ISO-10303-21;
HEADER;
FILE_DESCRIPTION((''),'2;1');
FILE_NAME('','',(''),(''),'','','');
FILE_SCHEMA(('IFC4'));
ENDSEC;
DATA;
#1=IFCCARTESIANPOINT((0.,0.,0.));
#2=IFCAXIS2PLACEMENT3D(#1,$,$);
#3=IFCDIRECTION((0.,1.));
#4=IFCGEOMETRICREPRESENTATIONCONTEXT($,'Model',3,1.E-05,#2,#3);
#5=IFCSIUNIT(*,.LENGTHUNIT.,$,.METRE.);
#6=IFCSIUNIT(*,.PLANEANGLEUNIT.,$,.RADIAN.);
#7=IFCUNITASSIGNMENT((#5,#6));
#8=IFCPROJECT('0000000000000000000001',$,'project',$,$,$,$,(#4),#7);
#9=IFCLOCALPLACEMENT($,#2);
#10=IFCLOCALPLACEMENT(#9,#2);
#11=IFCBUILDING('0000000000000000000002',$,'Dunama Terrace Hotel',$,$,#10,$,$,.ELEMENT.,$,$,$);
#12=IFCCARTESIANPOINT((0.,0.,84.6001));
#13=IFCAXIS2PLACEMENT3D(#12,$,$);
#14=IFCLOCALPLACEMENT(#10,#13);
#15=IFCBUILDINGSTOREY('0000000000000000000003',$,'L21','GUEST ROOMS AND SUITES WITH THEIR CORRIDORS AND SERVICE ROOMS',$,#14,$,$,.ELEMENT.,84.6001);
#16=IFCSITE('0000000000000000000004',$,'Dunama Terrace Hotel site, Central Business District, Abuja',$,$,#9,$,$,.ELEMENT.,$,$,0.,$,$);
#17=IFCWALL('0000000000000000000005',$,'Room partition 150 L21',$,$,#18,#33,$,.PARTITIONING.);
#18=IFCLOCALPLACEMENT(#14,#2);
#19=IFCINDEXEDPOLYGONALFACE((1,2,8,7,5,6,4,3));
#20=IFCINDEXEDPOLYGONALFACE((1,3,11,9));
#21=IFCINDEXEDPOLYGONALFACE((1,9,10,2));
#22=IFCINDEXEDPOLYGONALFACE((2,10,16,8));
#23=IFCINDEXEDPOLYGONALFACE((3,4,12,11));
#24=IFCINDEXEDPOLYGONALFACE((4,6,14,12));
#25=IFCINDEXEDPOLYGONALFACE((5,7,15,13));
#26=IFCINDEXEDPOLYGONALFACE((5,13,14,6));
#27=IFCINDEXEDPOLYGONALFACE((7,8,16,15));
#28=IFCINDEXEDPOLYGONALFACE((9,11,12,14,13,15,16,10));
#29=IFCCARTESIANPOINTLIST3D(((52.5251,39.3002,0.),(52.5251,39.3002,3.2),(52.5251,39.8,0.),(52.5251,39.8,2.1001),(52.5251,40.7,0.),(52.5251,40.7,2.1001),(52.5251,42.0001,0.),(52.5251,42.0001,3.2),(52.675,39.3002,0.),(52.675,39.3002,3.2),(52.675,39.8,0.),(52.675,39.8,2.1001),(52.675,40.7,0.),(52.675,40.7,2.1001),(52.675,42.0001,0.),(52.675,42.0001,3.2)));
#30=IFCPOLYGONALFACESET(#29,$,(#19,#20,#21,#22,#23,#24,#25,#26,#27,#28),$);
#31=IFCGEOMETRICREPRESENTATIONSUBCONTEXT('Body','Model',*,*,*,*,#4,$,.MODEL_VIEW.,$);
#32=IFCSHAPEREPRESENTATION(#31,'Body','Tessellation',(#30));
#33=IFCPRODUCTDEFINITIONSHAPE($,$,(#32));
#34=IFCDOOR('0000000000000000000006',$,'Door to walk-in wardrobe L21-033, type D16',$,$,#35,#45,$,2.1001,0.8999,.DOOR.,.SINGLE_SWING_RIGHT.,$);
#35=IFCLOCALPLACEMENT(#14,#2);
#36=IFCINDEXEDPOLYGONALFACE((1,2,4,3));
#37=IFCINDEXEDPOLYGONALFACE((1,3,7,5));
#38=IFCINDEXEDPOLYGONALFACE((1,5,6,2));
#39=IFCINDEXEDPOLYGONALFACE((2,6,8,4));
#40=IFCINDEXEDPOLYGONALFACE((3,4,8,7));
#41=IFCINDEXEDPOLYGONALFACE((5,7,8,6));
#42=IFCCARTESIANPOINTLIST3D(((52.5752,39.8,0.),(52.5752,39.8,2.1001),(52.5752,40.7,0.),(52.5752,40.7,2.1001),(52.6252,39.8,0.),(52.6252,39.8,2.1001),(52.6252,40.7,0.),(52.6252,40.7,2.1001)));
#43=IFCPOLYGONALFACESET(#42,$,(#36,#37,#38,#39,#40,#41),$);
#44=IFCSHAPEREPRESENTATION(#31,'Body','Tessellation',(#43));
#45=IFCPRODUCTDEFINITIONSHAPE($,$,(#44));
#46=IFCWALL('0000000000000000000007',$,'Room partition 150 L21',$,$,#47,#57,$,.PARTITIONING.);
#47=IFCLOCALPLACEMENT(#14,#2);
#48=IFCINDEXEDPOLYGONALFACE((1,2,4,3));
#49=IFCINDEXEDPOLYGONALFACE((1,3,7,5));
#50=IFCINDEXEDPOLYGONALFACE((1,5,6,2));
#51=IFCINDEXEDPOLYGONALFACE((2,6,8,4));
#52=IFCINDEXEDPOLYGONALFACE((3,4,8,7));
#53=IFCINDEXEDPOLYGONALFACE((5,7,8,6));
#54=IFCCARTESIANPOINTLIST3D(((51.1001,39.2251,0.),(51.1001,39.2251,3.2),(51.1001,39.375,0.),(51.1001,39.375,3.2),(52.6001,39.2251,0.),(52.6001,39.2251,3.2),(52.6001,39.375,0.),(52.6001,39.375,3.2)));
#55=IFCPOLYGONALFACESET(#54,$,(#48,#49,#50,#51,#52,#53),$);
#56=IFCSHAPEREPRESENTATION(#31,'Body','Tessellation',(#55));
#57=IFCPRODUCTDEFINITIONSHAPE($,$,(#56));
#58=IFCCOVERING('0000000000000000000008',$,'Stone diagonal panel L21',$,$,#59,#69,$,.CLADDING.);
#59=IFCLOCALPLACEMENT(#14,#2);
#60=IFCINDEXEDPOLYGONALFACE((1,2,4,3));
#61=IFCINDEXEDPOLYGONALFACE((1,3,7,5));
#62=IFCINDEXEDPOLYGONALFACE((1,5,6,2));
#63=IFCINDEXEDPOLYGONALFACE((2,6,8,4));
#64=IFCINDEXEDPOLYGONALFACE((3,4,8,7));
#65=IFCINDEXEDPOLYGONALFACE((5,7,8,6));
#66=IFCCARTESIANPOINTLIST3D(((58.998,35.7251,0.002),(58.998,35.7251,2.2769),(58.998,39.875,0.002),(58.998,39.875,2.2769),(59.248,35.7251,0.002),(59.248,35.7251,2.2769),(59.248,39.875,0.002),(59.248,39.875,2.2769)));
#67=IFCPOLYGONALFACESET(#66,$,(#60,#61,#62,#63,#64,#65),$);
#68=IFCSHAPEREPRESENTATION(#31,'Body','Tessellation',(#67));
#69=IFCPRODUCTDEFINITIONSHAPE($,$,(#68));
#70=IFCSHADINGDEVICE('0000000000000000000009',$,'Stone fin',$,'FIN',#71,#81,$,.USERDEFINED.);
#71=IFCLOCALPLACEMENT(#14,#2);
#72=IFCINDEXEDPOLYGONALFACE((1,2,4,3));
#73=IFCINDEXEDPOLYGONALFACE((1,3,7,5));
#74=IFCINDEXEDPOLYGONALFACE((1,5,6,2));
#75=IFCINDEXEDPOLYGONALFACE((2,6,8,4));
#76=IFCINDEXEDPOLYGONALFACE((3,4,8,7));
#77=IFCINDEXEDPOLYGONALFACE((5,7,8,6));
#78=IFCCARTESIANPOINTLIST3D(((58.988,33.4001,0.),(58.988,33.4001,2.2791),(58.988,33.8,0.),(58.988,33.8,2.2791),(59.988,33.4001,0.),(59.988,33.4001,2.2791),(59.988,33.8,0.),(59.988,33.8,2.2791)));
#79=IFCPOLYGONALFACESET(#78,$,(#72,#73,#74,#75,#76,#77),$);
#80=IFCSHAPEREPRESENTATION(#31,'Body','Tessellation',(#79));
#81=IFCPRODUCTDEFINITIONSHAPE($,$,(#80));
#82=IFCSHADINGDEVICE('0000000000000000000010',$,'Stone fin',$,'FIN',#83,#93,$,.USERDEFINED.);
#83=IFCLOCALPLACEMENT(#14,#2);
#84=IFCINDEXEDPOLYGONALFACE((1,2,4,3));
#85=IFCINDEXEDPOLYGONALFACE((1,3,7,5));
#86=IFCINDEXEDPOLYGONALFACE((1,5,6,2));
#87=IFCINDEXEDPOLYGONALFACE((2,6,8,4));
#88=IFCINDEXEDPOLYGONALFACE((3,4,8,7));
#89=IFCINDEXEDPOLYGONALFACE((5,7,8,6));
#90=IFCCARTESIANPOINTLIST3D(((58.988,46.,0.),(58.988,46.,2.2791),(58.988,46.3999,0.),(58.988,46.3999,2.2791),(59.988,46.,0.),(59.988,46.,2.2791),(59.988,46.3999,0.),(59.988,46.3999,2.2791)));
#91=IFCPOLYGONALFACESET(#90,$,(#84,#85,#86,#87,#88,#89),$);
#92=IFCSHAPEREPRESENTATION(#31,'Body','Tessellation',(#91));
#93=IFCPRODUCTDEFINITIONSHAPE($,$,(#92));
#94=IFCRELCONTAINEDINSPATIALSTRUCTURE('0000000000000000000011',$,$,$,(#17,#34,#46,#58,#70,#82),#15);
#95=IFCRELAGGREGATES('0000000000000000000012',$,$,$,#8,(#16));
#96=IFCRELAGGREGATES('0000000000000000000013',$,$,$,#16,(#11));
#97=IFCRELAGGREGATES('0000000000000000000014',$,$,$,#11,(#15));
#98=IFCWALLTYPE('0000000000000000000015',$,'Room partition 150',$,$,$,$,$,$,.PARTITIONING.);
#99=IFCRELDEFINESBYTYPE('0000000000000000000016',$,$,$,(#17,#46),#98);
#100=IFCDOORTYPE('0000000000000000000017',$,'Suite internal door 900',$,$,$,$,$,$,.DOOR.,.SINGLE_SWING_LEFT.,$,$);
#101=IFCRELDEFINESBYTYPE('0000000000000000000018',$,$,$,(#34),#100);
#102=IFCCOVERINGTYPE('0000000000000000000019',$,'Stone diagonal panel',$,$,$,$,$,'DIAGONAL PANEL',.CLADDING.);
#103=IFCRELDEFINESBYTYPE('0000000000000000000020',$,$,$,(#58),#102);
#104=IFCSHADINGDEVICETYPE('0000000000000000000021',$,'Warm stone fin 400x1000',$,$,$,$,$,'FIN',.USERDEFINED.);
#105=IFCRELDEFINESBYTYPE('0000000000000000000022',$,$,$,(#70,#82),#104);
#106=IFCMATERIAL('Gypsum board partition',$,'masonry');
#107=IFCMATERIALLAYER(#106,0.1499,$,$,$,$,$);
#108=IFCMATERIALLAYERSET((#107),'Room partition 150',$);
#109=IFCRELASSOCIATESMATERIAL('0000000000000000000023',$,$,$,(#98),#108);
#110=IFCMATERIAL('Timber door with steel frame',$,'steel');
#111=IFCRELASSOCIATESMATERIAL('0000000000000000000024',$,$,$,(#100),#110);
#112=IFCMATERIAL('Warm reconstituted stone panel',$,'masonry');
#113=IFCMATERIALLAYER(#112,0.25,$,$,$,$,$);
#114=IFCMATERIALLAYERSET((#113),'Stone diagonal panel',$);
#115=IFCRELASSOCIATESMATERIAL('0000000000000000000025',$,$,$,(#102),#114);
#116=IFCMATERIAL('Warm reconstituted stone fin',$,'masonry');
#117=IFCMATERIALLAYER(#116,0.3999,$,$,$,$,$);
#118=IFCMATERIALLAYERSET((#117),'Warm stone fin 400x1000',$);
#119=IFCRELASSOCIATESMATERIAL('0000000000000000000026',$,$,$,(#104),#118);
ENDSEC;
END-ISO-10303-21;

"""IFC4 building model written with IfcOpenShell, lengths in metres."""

from ifc_helpers import new_model, si_unit, direction, frame, frame_2d, origin, origin_2d, place, context, subcontext, project, spatial, rectangle, extrude, material, layer, layer_set, type_object, element, fill, save


model = new_model("IFC4")

# Units and contexts
model_context = context("Model", 3, precision=1e-05, world=origin(), true_north=direction((0.0, 1.0)))
body_context = subcontext(model_context, "Body", "Model", "MODEL_VIEW")
ifc_project = project(units=[si_unit("LENGTHUNIT", "METRE"), si_unit("PLANEANGLEUNIT", "RADIAN")], contexts=[model_context])

# Site, building, storey
site_placement = place(None, origin())
site = spatial("IfcSite", under=ifc_project, at=site_placement, Name="Dunama Terrace Hotel site, Central Business District, Abuja", CompositionType="ELEMENT", RefElevation=0.0)
building_placement = place(site_placement, origin())
building = spatial("IfcBuilding", under=site, at=building_placement, Name="Dunama Terrace Hotel", CompositionType="ELEMENT")
storey_placement = place(building_placement, frame((0.0, 0.0, 84.6001)))
storey = spatial("IfcBuildingStorey", under=building, at=storey_placement, Name="L21", Description="GUEST ROOMS AND SUITES WITH THEIR CORRIDORS AND SERVICE ROOMS", CompositionType="ELEMENT", Elevation=84.6001)

# Shared definitions
ifc_material_1 = material(Name="Gypsum board partition", Category="masonry")
ifc_layer_1 = layer(ifc_material_1, 0.1499)
ifc_layer_set_1 = layer_set([ifc_layer_1], Name="Room partition 150")
wall_type = type_object("IfcWallType", Name="Room partition 150", PredefinedType="PARTITIONING", material=ifc_layer_set_1)

# Shared definitions
ifc_material_2 = material(Name="Timber door with steel frame", Category="steel")
door_type = type_object("IfcDoorType", Name="Suite internal door 900", OperationType="SINGLE_SWING_LEFT", PredefinedType="DOOR", material=ifc_material_2)

# Wall, opening, door
wall_1_placement = place(storey_placement, frame((52.6001, 39.3, 0.0), z_axis=(0.0, 0.0, 1.0), x_axis=(0.0, 1.0, 0.0)))
wall_1 = element("IfcWall", 1, at=wall_1_placement, inside=storey, type_object=wall_type, Name="Room partition 150 L21", PredefinedType="PARTITIONING", context=body_context, shape_type="SweptSolid", body=[
    extrude(rectangle(XDim=2.7, YDim=0.1499, at=frame_2d((1.3501, 0.0))), origin(), (0.0, 0.0, 1.0), 3.2),
])
opening_1_placement = place(wall_1_placement, frame((0.5, 0.0, 0.0)))
opening_1 = element("IfcOpeningElement", 2, at=opening_1_placement, cuts=wall_1, PredefinedType="OPENING", context=body_context, shape_type="SweptSolid", body=[
    extrude(rectangle(XDim=0.8999, YDim=2.1001, at=frame_2d((0.45, 1.05))), frame((0.0, 0.085, 0.0), z_axis=(0.0, -1.0, 0.0), x_axis=(1.0, 0.0, 0.0)), (0.0, 0.0, 1.0), 0.1699),
])
door_1_placement = place(opening_1_placement, origin())
door_1 = element("IfcDoor", 3, at=door_1_placement, inside=storey, type_object=door_type, Name="Door to walk-in wardrobe L21-033, type D16", OperationType="SINGLE_SWING_RIGHT", OverallHeight=2.1001, OverallWidth=0.8999, PredefinedType="DOOR", context=body_context, shape_type="SweptSolid", body=[
    extrude(rectangle(XDim=0.8999, YDim=2.1001, at=frame_2d((0.45, 1.05))), frame((0.0, 0.0249, 0.0), z_axis=(0.0, -1.0, 0.0), x_axis=(1.0, 0.0, 0.0)), (0.0, 0.0, 1.0), 0.05),
])
fill(opening_1, door_1)

# Wall
wall_2_placement = place(storey_placement, frame((51.1001, 39.3, 0.0), z_axis=(0.0, 0.0, 1.0), x_axis=(1.0, 0.0, 0.0)))
element("IfcWall", 4, at=wall_2_placement, inside=storey, type_object=wall_type, Name="Room partition 150 L21", PredefinedType="PARTITIONING", context=body_context, shape_type="SweptSolid", body=[
    extrude(rectangle(XDim=1.5, YDim=0.1499, at=frame_2d((0.75, 0.0))), origin(), (0.0, 0.0, 1.0), 3.2),
])

# Covering
ifc_material_3 = material(Name="Warm reconstituted stone panel", Category="masonry")
ifc_layer_2 = layer(ifc_material_3, 0.25)
ifc_layer_set_2 = layer_set([ifc_layer_2], Name="Stone diagonal panel")
covering_type = type_object("IfcCoveringType", Name="Stone diagonal panel", ElementType="DIAGONAL PANEL", PredefinedType="CLADDING", material=ifc_layer_set_2)
covering_placement = place(storey_placement, frame((59.123, 37.8, 0.002), z_axis=(0.0, 0.0, 1.0), x_axis=(0.0, 1.0, 0.0)))
element("IfcCovering", 5, at=covering_placement, inside=storey, type_object=covering_type, Name="Stone diagonal panel L21", PredefinedType="CLADDING", context=body_context, shape_type="SweptSolid", body=[
    extrude(rectangle(XDim=4.1499, YDim=0.25, at=origin_2d()), origin(), (0.0, 0.0, 1.0), 2.2749),
])

# Shading devices
ifc_material_4 = material(Name="Warm reconstituted stone fin", Category="masonry")
ifc_layer_3 = layer(ifc_material_4, 0.3999)
ifc_layer_set_3 = layer_set([ifc_layer_3], Name="Warm stone fin 400x1000")
shading_device_type = type_object("IfcShadingDeviceType", Name="Warm stone fin 400x1000", ElementType="FIN", PredefinedType="USERDEFINED", material=ifc_layer_set_3)
for number, where, z_axis, x_axis, name in (
    (6, (59.488, 33.6001, 0.0), (0.0, 0.0, 1.0), (0.0, 1.0, 0.0), "Stone fin"),
    (7, (59.488, 46.2, 0.0), (0.0, 0.0, 1.0), (0.0, 1.0, 0.0), "Stone fin"),
):
    element("IfcShadingDevice", number, at=place(storey_placement, frame(where, z_axis=z_axis, x_axis=x_axis)), inside=storey, type_object=shading_device_type, Name=name, ObjectType="FIN", PredefinedType="USERDEFINED", context=body_context, shape_type="SweptSolid", body=[
        extrude(rectangle(XDim=0.3999, YDim=1.0, at=origin_2d()), origin(), (0.0, 0.0, 1.0), 2.2791),
    ])

save(model, "model.ifc")
